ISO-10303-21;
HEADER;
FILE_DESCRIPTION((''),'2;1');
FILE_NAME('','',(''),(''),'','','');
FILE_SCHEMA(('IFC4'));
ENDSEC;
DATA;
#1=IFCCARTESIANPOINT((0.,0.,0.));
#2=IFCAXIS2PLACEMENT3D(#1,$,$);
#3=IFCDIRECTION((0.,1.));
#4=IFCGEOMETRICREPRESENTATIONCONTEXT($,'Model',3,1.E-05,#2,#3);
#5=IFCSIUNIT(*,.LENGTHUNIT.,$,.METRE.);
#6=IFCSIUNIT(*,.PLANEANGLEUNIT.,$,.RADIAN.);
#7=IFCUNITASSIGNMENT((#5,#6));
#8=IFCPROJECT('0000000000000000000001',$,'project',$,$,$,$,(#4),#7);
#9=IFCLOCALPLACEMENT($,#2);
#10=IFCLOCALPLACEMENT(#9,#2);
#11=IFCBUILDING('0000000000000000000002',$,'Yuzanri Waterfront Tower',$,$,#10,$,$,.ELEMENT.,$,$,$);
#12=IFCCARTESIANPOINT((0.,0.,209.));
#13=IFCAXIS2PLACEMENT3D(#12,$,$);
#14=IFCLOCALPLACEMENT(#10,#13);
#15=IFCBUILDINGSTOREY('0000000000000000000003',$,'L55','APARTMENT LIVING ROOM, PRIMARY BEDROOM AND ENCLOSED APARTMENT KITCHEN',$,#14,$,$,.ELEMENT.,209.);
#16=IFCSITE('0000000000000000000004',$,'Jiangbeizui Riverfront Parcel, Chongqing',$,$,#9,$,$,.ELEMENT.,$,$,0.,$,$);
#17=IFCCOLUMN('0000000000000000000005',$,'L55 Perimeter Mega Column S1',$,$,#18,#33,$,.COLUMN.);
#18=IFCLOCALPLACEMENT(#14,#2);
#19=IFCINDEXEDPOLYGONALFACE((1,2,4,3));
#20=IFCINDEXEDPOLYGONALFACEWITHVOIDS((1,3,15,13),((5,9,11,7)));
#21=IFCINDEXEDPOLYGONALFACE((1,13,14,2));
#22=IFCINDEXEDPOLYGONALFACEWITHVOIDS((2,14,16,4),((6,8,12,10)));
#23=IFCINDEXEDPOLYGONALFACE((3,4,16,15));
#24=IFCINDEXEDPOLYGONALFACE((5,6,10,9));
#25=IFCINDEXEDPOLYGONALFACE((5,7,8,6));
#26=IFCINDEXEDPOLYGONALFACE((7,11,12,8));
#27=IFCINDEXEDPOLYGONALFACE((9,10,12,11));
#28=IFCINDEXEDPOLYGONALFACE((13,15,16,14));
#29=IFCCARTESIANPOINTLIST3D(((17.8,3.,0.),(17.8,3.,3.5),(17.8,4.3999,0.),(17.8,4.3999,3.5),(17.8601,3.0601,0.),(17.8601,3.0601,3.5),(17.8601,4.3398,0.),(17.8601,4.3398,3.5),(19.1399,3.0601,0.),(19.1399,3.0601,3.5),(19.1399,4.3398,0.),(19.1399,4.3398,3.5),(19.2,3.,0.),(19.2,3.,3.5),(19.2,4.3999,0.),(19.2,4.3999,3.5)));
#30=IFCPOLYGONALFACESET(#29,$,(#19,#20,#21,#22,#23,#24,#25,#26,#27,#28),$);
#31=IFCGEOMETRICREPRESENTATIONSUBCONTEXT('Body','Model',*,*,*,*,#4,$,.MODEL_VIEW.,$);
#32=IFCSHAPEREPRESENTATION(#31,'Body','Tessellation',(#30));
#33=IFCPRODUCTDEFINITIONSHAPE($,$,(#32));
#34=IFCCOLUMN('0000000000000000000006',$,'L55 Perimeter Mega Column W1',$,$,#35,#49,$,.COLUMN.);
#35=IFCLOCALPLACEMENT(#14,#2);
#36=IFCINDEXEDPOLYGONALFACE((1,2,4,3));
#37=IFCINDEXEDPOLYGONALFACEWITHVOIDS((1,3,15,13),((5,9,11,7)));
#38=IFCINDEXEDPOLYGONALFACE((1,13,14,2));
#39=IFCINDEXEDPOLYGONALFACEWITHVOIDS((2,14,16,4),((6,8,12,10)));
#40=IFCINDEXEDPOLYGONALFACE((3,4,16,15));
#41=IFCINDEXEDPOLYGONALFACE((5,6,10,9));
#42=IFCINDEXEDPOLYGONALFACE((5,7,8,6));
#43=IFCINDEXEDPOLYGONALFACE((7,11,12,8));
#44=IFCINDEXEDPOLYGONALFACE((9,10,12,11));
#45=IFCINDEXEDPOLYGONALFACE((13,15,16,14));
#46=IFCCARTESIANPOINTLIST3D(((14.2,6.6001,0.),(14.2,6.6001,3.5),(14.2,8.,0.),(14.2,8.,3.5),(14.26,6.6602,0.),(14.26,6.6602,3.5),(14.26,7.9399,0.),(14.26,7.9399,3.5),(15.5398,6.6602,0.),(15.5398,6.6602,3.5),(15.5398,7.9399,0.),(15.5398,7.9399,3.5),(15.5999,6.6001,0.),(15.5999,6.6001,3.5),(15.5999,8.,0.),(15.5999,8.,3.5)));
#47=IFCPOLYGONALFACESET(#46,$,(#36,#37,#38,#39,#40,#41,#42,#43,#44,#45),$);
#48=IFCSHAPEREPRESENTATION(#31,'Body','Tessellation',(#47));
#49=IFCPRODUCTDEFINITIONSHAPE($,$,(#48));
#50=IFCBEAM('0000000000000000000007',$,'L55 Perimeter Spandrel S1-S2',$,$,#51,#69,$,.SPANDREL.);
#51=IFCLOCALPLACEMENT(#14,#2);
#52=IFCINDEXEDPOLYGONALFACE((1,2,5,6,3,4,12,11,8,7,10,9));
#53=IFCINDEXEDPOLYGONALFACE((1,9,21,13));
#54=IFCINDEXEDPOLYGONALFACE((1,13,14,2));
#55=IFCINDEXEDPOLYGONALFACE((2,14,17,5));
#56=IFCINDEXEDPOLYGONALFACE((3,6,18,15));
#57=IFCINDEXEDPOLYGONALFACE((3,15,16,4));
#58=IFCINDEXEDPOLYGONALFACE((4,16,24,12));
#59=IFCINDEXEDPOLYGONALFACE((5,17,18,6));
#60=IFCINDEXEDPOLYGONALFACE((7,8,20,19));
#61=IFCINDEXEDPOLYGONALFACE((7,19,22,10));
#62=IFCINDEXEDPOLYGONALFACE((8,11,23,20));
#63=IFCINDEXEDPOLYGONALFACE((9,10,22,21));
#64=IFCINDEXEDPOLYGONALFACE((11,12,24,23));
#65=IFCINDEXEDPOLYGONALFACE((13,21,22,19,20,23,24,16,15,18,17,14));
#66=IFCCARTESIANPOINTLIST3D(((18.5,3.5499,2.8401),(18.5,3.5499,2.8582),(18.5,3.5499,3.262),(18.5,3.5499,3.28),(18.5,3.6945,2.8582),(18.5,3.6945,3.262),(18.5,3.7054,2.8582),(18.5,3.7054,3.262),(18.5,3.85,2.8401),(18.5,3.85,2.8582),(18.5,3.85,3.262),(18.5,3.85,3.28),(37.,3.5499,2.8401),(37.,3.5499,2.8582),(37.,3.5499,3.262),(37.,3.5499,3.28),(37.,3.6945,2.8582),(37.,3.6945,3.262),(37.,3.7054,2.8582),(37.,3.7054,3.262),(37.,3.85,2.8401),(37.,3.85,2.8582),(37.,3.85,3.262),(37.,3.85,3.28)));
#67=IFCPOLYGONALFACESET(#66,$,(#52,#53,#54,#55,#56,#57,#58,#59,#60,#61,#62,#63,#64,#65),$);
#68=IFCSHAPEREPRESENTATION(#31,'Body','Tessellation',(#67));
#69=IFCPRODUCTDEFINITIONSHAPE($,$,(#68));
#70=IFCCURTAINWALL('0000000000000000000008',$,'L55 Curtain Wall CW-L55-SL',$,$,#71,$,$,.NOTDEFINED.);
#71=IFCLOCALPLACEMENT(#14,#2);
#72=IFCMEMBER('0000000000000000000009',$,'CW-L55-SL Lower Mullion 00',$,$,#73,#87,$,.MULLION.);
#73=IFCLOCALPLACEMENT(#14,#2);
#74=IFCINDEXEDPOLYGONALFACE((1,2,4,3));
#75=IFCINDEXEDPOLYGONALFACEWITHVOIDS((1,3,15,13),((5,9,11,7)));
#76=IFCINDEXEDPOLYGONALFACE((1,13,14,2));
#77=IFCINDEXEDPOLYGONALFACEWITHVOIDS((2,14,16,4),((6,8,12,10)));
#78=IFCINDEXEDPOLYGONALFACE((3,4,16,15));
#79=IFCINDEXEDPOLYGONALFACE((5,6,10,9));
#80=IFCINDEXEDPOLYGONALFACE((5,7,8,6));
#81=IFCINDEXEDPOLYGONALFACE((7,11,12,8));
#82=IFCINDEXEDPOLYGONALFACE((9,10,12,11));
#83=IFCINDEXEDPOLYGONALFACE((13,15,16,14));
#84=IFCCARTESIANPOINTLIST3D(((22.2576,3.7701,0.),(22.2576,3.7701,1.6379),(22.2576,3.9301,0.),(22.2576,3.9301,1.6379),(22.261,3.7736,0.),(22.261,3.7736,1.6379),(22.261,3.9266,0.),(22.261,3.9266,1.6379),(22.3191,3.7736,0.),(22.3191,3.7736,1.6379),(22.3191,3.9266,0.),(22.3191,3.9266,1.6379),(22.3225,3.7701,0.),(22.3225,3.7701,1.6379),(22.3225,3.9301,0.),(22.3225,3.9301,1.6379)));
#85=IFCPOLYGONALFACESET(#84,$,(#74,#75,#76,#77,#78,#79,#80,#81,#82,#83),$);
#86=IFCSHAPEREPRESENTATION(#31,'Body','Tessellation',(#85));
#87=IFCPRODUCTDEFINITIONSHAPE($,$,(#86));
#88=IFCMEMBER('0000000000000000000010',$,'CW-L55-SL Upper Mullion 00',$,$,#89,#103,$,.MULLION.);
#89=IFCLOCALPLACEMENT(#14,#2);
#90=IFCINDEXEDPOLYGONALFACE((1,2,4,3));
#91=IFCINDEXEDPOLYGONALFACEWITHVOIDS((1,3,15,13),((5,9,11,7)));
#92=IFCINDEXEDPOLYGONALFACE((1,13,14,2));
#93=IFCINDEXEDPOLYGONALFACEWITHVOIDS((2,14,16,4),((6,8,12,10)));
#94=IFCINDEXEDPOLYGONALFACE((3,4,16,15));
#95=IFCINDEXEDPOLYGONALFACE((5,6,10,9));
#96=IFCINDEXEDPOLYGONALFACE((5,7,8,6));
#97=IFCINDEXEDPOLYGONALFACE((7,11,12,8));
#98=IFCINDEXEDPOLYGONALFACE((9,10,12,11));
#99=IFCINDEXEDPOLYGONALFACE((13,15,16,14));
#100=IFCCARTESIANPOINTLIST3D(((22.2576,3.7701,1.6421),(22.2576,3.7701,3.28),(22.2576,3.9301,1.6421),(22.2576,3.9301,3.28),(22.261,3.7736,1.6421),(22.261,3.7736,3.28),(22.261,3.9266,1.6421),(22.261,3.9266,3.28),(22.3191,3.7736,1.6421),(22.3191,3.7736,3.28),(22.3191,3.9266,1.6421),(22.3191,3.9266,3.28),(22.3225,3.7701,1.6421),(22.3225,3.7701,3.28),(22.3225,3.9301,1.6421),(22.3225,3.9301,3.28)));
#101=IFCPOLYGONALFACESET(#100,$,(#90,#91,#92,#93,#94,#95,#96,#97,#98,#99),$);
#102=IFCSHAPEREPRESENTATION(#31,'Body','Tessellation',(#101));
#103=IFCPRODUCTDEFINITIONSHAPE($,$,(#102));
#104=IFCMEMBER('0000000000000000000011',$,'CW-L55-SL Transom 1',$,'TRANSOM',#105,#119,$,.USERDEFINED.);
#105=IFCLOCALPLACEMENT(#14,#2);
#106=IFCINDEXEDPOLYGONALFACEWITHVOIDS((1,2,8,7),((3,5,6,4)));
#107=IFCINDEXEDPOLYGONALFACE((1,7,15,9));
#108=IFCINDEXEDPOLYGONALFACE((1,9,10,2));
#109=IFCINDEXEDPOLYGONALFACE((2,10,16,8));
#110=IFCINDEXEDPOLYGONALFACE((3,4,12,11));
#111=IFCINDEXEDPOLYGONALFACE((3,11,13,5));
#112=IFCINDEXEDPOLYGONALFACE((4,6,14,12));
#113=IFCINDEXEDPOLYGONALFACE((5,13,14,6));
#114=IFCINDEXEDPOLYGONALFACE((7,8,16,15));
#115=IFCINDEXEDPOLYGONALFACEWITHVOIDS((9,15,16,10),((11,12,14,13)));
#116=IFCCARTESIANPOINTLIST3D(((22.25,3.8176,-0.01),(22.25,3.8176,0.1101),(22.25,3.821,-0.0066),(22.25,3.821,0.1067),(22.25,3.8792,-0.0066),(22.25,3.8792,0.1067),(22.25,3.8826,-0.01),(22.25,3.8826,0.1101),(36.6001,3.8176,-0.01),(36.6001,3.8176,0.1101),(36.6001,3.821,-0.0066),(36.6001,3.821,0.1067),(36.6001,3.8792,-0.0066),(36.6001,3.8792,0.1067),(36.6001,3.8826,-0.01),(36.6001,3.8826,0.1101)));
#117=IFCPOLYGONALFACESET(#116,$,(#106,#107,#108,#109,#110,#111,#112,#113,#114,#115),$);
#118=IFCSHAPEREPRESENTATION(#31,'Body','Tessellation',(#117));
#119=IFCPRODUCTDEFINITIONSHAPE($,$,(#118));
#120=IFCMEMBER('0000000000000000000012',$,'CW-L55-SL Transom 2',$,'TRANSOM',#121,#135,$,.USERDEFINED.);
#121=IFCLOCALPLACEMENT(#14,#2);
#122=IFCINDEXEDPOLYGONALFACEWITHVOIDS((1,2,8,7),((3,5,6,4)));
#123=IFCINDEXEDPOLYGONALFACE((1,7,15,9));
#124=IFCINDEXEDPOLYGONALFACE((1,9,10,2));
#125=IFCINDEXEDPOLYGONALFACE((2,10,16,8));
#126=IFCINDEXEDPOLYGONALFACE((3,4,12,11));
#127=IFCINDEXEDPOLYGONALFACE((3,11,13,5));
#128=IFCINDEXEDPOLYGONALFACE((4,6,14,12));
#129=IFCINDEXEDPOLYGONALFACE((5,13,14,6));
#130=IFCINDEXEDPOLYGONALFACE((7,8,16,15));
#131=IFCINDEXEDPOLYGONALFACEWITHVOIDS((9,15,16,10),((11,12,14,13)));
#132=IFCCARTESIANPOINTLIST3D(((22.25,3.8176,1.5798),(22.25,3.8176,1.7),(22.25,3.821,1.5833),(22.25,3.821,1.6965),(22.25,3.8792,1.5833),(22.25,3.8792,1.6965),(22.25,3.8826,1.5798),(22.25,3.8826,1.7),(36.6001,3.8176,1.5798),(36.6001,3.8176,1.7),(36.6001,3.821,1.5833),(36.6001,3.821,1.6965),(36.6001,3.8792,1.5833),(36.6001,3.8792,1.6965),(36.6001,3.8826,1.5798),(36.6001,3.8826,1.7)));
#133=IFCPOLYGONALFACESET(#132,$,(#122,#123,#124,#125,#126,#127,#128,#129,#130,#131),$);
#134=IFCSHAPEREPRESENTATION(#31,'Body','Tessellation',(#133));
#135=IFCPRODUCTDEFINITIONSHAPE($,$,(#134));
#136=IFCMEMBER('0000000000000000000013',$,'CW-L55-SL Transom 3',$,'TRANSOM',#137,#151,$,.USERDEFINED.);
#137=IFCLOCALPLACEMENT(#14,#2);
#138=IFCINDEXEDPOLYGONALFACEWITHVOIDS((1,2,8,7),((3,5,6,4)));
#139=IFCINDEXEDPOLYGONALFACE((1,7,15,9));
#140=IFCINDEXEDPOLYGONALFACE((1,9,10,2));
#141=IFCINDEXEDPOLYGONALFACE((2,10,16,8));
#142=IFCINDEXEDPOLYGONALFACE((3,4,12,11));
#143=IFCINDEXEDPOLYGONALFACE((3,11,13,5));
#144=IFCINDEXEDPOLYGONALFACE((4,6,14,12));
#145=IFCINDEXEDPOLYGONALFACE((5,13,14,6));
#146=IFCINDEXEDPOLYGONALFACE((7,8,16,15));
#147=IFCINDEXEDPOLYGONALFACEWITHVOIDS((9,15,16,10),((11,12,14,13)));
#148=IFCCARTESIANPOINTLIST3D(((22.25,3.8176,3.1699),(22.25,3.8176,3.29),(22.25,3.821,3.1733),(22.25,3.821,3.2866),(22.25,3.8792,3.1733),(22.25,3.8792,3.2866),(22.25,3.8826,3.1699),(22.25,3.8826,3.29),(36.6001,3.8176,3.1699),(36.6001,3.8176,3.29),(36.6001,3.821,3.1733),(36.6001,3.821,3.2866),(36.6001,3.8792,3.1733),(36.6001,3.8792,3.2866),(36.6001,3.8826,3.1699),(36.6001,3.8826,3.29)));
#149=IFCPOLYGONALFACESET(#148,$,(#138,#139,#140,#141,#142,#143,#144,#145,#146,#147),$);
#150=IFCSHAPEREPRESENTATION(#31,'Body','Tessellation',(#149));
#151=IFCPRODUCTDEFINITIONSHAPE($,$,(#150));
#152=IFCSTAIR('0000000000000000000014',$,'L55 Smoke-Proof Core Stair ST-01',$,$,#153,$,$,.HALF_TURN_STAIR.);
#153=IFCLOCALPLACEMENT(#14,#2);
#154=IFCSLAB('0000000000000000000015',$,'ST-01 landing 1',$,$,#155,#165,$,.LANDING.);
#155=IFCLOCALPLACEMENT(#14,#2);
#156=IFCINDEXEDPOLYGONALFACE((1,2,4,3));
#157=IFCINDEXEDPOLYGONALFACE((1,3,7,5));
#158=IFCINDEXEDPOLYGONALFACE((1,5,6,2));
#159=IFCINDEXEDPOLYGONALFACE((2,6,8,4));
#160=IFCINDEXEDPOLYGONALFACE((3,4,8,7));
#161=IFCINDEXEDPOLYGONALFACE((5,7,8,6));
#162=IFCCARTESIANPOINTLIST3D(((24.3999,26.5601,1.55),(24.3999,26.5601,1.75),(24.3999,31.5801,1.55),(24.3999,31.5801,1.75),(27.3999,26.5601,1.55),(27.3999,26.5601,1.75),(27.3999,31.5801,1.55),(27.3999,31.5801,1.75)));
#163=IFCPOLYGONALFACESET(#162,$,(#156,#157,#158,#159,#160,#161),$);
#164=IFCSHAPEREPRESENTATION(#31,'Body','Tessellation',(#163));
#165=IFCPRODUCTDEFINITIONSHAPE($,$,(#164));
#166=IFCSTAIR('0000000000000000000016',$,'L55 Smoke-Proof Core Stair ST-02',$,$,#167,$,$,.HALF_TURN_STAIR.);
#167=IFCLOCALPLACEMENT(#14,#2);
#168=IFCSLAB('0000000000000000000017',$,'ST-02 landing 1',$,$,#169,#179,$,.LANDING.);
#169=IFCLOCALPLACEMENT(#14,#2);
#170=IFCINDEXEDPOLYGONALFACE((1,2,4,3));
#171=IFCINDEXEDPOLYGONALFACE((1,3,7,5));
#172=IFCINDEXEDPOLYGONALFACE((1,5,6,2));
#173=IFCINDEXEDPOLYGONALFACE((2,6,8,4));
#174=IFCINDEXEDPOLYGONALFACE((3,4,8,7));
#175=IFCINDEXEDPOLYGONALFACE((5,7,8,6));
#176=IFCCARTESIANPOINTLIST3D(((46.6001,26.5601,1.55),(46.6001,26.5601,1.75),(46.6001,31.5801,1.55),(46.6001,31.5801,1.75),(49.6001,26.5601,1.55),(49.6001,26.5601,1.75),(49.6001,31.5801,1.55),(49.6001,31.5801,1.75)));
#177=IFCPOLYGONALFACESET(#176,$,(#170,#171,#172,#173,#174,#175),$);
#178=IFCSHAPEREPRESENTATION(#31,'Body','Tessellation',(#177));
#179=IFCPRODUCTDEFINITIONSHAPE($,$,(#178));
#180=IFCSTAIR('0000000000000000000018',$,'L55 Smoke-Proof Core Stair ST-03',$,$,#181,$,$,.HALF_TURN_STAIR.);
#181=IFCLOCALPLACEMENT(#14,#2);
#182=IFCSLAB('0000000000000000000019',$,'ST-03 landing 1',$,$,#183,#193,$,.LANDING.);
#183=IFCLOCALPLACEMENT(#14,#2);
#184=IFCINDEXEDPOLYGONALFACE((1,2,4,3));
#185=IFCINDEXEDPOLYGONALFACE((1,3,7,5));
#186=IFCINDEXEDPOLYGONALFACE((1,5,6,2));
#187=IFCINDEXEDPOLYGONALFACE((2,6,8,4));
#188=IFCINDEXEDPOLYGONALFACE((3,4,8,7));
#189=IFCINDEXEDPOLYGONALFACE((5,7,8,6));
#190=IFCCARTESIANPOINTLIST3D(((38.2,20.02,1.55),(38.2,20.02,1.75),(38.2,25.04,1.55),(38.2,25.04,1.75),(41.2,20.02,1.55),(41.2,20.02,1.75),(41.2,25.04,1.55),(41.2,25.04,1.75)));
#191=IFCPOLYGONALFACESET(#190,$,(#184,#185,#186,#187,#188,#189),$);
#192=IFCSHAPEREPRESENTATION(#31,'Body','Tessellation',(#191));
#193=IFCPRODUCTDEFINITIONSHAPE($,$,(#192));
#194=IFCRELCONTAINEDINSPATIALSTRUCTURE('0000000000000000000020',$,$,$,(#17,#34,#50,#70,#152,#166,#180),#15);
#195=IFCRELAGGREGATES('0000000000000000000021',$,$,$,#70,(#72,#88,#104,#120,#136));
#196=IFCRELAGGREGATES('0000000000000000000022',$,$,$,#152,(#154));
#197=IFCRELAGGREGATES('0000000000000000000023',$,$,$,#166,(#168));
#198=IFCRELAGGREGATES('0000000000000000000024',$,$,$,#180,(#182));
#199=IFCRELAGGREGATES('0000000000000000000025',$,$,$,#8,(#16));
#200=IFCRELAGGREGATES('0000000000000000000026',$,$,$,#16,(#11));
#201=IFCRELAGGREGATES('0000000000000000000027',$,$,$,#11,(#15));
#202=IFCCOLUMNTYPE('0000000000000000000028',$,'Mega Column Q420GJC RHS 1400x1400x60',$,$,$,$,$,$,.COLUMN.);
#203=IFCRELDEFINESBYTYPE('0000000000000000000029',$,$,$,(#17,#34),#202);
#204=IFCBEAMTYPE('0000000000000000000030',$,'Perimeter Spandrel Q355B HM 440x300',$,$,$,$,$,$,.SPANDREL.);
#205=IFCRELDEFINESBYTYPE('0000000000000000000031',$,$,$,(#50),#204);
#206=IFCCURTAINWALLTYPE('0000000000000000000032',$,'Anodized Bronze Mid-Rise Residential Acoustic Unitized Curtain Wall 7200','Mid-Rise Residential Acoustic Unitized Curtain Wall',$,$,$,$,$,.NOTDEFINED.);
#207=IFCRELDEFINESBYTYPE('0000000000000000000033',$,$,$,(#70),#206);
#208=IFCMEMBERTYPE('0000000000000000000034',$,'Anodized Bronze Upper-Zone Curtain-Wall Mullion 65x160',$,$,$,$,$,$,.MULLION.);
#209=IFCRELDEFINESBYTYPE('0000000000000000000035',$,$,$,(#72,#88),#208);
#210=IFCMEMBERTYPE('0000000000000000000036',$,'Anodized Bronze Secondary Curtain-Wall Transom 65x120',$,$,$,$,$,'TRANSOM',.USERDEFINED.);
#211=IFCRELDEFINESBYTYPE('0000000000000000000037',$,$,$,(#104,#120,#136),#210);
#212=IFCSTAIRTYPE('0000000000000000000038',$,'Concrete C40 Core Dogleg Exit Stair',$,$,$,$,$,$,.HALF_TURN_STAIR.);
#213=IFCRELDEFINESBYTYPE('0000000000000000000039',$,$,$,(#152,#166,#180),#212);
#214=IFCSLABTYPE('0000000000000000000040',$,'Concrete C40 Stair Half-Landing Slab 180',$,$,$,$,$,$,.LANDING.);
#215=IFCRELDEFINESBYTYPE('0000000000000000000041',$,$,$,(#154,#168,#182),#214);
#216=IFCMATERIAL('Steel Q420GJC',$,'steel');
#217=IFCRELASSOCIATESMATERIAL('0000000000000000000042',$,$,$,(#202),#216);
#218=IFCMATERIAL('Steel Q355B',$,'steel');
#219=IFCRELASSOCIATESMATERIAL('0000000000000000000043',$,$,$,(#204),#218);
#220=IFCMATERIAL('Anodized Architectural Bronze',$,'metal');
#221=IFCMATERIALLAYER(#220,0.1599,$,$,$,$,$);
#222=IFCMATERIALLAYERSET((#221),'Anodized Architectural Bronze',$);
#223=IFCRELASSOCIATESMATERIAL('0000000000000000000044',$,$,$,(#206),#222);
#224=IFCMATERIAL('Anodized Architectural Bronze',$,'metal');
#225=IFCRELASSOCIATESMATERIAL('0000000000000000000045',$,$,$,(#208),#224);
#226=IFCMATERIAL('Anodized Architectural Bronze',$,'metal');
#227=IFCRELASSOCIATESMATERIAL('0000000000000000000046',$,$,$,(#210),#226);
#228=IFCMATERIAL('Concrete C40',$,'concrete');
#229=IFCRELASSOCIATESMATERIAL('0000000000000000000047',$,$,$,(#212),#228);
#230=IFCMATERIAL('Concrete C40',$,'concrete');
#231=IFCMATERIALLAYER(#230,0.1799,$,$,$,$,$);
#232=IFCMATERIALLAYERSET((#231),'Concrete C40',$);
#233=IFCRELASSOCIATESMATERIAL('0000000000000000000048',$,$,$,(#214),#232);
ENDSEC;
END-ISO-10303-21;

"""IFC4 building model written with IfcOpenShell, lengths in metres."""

from ifc_helpers import new_model, si_unit, direction, frame, origin, origin_2d, place, context, subcontext, project, spatial, polyline, hollow_rectangle, i_section, outline, extrude, source, transform, mapped, material, layer, layer_set, material_profile, profile_set, type_object, element, aggregate, save


model = new_model("IFC4")

# Units and contexts
model_context = context("Model", 3, precision=1e-05, world=origin(), true_north=direction((0.0, 1.0)))
body_context = subcontext(model_context, "Body", "Model", "MODEL_VIEW")
ifc_project = project(units=[si_unit("LENGTHUNIT", "METRE"), si_unit("PLANEANGLEUNIT", "RADIAN")], contexts=[model_context])

# Site, building, storey
site_placement = place(None, origin())
site = spatial("IfcSite", under=ifc_project, at=site_placement, Name="Jiangbeizui Riverfront Parcel, Chongqing", CompositionType="ELEMENT", RefElevation=0.0)
building_placement = place(site_placement, origin())
building = spatial("IfcBuilding", under=site, at=building_placement, Name="Yuzanri Waterfront Tower", CompositionType="ELEMENT")
storey_placement = place(building_placement, frame((0.0, 0.0, 209.0)))
storey = spatial("IfcBuildingStorey", under=building, at=storey_placement, Name="L55", Description="APARTMENT LIVING ROOM, PRIMARY BEDROOM AND ENCLOSED APARTMENT KITCHEN", CompositionType="ELEMENT", Elevation=209.0)

# Columns
ifc_material_1 = material(Name="Steel Q420GJC", Category="steel")
ifc_material_profile_1 = material_profile(ifc_material_1, hollow_rectangle(XDim=1.3999, YDim=1.3999, WallThickness=0.0601, at=origin_2d()), Name="RHS 1400x1400x60")
ifc_profile_set_1 = profile_set([ifc_material_profile_1], Name="Steel Q420GJC")
column_type = type_object("IfcColumnType", Name="Mega Column Q420GJC RHS 1400x1400x60", PredefinedType="COLUMN", material=ifc_profile_set_1)
shared_shape_1 = source(origin(), body_context, "Body", "SweptSolid", [
    extrude(hollow_rectangle(XDim=1.3999, YDim=1.3999, WallThickness=0.0601, at=origin_2d()), origin(), (0.0, 0.0, 1.0), 3.5),
])
for number, where, z_axis, x_axis, name in (
    (1, (18.5, 3.7, 0.0), (0.0, 0.0, 1.0), (1.0, 0.0, 0.0), "L55 Perimeter Mega Column S1"),
    (2, (14.8999, 7.3, 0.0), (0.0, 0.0, 1.0), (1.0, 0.0, 0.0), "L55 Perimeter Mega Column W1"),
):
    element("IfcColumn", number, at=place(storey_placement, frame(where, z_axis=z_axis, x_axis=x_axis)), inside=storey, type_object=column_type, Name=name, PredefinedType="COLUMN", context=body_context, shape_type="MappedRepresentation", body=[
        mapped(shared_shape_1, transform((0.0, 0.0, 0.0), scale=1.0)),
    ])

# Beam
ifc_material_2 = material(Name="Steel Q355B", Category="steel")
ifc_material_profile_2 = material_profile(ifc_material_2, i_section(OverallWidth=0.3, OverallDepth=0.4399, WebThickness=0.011, FlangeThickness=0.0181, at=origin_2d()), Name="HM 440x300x11x18")
ifc_profile_set_2 = profile_set([ifc_material_profile_2], Name="Steel Q355B")
beam_type = type_object("IfcBeamType", Name="Perimeter Spandrel Q355B HM 440x300", PredefinedType="SPANDREL", material=ifc_profile_set_2)
shared_shape_2 = source(origin(), body_context, "Body", "SweptSolid", [
    extrude(i_section(OverallWidth=0.3, OverallDepth=0.4399, WebThickness=0.011, FlangeThickness=0.0181, at=origin_2d()), origin(), (0.0, 0.0, 1.0), 18.5),
])
beam_placement = place(storey_placement, frame((18.5, 3.7, 3.0601), z_axis=(1.0, 0.0, 0.0), x_axis=(0.0, 1.0, 0.0)))
element("IfcBeam", 3, at=beam_placement, inside=storey, type_object=beam_type, Name="L55 Perimeter Spandrel S1-S2", PredefinedType="SPANDREL", context=body_context, shape_type="MappedRepresentation", body=[
    mapped(shared_shape_2, transform((0.0, 0.0, 0.0), scale=1.0)),
])

# Curtain wall, members
ifc_material_3 = material(Name="Anodized Architectural Bronze", Category="metal")
ifc_layer_1 = layer(ifc_material_3, 0.1599)
ifc_layer_set_1 = layer_set([ifc_layer_1], Name="Anodized Architectural Bronze")
curtain_wall_type = type_object("IfcCurtainWallType", Name="Anodized Bronze Mid-Rise Residential Acoustic Unitized Curtain Wall 7200", Description="Mid-Rise Residential Acoustic Unitized Curtain Wall", PredefinedType="NOTDEFINED", material=ifc_layer_set_1)
curtain_wall_placement = place(storey_placement, origin())
curtain_wall = element("IfcCurtainWall", 4, at=curtain_wall_placement, inside=storey, type_object=curtain_wall_type, Name="L55 Curtain Wall CW-L55-SL", PredefinedType="NOTDEFINED")
ifc_material_4 = material(Name="Anodized Architectural Bronze", Category="metal")
ifc_material_profile_3 = material_profile(ifc_material_4, hollow_rectangle(XDim=0.0649, YDim=0.1599, WallThickness=0.0034, at=origin_2d()), Name="CWM 65x160")
ifc_profile_set_3 = profile_set([ifc_material_profile_3], Name="Anodized Architectural Bronze")
member_type_1 = type_object("IfcMemberType", Name="Anodized Bronze Upper-Zone Curtain-Wall Mullion 65x160", PredefinedType="MULLION", material=ifc_profile_set_3)
shared_shape_3 = source(origin(), body_context, "Body", "SweptSolid", [
    extrude(hollow_rectangle(XDim=0.0649, YDim=0.1599, WallThickness=0.0034, at=origin_2d()), origin(), (0.0, 0.0, 1.0), 1.6379),
])
member_1_placement = place(storey_placement, frame((22.29, 3.8501, 0.0), z_axis=(0.0, 0.0, 1.0), x_axis=(1.0, 0.0, 0.0)))
member_1 = element("IfcMember", 5, at=member_1_placement, type_object=member_type_1, Name="CW-L55-SL Lower Mullion 00", PredefinedType="MULLION", context=body_context, shape_type="MappedRepresentation", body=[
    mapped(shared_shape_3, transform((0.0, 0.0, 0.0), scale=1.0)),
])
member_2_placement = place(storey_placement, frame((22.29, 3.8501, 1.6421), z_axis=(0.0, 0.0, 1.0), x_axis=(1.0, 0.0, 0.0)))
member_2 = element("IfcMember", 6, at=member_2_placement, type_object=member_type_1, Name="CW-L55-SL Upper Mullion 00", PredefinedType="MULLION", context=body_context, shape_type="MappedRepresentation", body=[
    mapped(shared_shape_3, transform((0.0, 0.0, 0.0), scale=1.0)),
])
ifc_material_5 = material(Name="Anodized Architectural Bronze", Category="metal")
ifc_material_profile_4 = material_profile(ifc_material_5, hollow_rectangle(XDim=0.0649, YDim=0.1201, WallThickness=0.0034, at=origin_2d()), Name="CWT 65x120")
ifc_profile_set_4 = profile_set([ifc_material_profile_4], Name="Anodized Architectural Bronze")
member_type_2 = type_object("IfcMemberType", Name="Anodized Bronze Secondary Curtain-Wall Transom 65x120", ElementType="TRANSOM", PredefinedType="USERDEFINED", material=ifc_profile_set_4)
shared_shape_4 = source(origin(), body_context, "Body", "SweptSolid", [
    extrude(hollow_rectangle(XDim=0.0649, YDim=0.1201, WallThickness=0.0034, at=origin_2d()), origin(), (0.0, 0.0, 1.0), 14.3501),
])
member_3_placement = place(storey_placement, frame((22.25, 3.8501, 0.05), z_axis=(1.0, 0.0, 0.0), x_axis=(0.0, 1.0, 0.0)))
member_3 = element("IfcMember", 7, at=member_3_placement, type_object=member_type_2, Name="CW-L55-SL Transom 1", ObjectType="TRANSOM", PredefinedType="USERDEFINED", context=body_context, shape_type="MappedRepresentation", body=[
    mapped(shared_shape_4, transform((0.0, 0.0, 0.0), scale=1.0)),
])
member_4_placement = place(storey_placement, frame((22.25, 3.8501, 1.6399), z_axis=(1.0, 0.0, 0.0), x_axis=(0.0, 1.0, 0.0)))
member_4 = element("IfcMember", 8, at=member_4_placement, type_object=member_type_2, Name="CW-L55-SL Transom 2", ObjectType="TRANSOM", PredefinedType="USERDEFINED", context=body_context, shape_type="MappedRepresentation", body=[
    mapped(shared_shape_4, transform((0.0, 0.0, 0.0), scale=1.0)),
])
member_5_placement = place(storey_placement, frame((22.25, 3.8501, 3.23), z_axis=(1.0, 0.0, 0.0), x_axis=(0.0, 1.0, 0.0)))
member_5 = element("IfcMember", 9, at=member_5_placement, type_object=member_type_2, Name="CW-L55-SL Transom 3", ObjectType="TRANSOM", PredefinedType="USERDEFINED", context=body_context, shape_type="MappedRepresentation", body=[
    mapped(shared_shape_4, transform((0.0, 0.0, 0.0), scale=1.0)),
])
aggregate(curtain_wall, [member_1, member_2, member_3, member_4, member_5])

# Stairs, slabs
ifc_material_6 = material(Name="Concrete C40", Category="concrete")
stair_type = type_object("IfcStairType", Name="Concrete C40 Core Dogleg Exit Stair", PredefinedType="HALF_TURN_STAIR", material=ifc_material_6)
stair_1_placement = place(storey_placement, origin())
stair_1 = element("IfcStair", 10, at=stair_1_placement, inside=storey, type_object=stair_type, Name="L55 Smoke-Proof Core Stair ST-01", PredefinedType="HALF_TURN_STAIR")
ifc_material_7 = material(Name="Concrete C40", Category="concrete")
ifc_layer_2 = layer(ifc_material_7, 0.1799)
ifc_layer_set_2 = layer_set([ifc_layer_2], Name="Concrete C40")
slab_type_1 = type_object("IfcSlabType", Name="Concrete C40 Stair Half-Landing Slab 180", PredefinedType="LANDING", material=ifc_layer_set_2)
slab_1_placement = place(storey_placement, frame((0.0, 0.0, 1.55)))
slab_1 = element("IfcSlab", 11, at=slab_1_placement, type_object=slab_type_1, Name="ST-01 landing 1", PredefinedType="LANDING", context=body_context, shape_type="SweptSolid", body=[
    extrude(outline(polyline([(27.3999, 26.5601), (27.3999, 31.5801), (24.3999, 31.5801), (24.3999, 26.5601), (27.3999, 26.5601)])), origin(), (0.0, 0.0, 1.0), 0.2),
])
aggregate(stair_1, [slab_1])
stair_2_placement = place(storey_placement, origin())
stair_2 = element("IfcStair", 12, at=stair_2_placement, inside=storey, type_object=stair_type, Name="L55 Smoke-Proof Core Stair ST-02", PredefinedType="HALF_TURN_STAIR")
slab_2_placement = place(storey_placement, frame((0.0, 0.0, 1.55)))
slab_2 = element("IfcSlab", 13, at=slab_2_placement, type_object=slab_type_1, Name="ST-02 landing 1", PredefinedType="LANDING", context=body_context, shape_type="SweptSolid", body=[
    extrude(outline(polyline([(49.6001, 26.5601), (49.6001, 31.5801), (46.6001, 31.5801), (46.6001, 26.5601), (49.6001, 26.5601)])), origin(), (0.0, 0.0, 1.0), 0.2),
])
aggregate(stair_2, [slab_2])
stair_3_placement = place(storey_placement, origin())
stair_3 = element("IfcStair", 14, at=stair_3_placement, inside=storey, type_object=stair_type, Name="L55 Smoke-Proof Core Stair ST-03", PredefinedType="HALF_TURN_STAIR")
slab_3_placement = place(storey_placement, frame((0.0, 0.0, 1.55)))
slab_3 = element("IfcSlab", 15, at=slab_3_placement, type_object=slab_type_1, Name="ST-03 landing 1", PredefinedType="LANDING", context=body_context, shape_type="SweptSolid", body=[
    extrude(outline(polyline([(38.2, 25.04), (38.2, 20.02), (41.2, 20.02), (41.2, 25.04), (38.2, 25.04)])), origin(), (0.0, 0.0, 1.0), 0.2),
])
aggregate(stair_3, [slab_3])

save(model, "model.ifc")
